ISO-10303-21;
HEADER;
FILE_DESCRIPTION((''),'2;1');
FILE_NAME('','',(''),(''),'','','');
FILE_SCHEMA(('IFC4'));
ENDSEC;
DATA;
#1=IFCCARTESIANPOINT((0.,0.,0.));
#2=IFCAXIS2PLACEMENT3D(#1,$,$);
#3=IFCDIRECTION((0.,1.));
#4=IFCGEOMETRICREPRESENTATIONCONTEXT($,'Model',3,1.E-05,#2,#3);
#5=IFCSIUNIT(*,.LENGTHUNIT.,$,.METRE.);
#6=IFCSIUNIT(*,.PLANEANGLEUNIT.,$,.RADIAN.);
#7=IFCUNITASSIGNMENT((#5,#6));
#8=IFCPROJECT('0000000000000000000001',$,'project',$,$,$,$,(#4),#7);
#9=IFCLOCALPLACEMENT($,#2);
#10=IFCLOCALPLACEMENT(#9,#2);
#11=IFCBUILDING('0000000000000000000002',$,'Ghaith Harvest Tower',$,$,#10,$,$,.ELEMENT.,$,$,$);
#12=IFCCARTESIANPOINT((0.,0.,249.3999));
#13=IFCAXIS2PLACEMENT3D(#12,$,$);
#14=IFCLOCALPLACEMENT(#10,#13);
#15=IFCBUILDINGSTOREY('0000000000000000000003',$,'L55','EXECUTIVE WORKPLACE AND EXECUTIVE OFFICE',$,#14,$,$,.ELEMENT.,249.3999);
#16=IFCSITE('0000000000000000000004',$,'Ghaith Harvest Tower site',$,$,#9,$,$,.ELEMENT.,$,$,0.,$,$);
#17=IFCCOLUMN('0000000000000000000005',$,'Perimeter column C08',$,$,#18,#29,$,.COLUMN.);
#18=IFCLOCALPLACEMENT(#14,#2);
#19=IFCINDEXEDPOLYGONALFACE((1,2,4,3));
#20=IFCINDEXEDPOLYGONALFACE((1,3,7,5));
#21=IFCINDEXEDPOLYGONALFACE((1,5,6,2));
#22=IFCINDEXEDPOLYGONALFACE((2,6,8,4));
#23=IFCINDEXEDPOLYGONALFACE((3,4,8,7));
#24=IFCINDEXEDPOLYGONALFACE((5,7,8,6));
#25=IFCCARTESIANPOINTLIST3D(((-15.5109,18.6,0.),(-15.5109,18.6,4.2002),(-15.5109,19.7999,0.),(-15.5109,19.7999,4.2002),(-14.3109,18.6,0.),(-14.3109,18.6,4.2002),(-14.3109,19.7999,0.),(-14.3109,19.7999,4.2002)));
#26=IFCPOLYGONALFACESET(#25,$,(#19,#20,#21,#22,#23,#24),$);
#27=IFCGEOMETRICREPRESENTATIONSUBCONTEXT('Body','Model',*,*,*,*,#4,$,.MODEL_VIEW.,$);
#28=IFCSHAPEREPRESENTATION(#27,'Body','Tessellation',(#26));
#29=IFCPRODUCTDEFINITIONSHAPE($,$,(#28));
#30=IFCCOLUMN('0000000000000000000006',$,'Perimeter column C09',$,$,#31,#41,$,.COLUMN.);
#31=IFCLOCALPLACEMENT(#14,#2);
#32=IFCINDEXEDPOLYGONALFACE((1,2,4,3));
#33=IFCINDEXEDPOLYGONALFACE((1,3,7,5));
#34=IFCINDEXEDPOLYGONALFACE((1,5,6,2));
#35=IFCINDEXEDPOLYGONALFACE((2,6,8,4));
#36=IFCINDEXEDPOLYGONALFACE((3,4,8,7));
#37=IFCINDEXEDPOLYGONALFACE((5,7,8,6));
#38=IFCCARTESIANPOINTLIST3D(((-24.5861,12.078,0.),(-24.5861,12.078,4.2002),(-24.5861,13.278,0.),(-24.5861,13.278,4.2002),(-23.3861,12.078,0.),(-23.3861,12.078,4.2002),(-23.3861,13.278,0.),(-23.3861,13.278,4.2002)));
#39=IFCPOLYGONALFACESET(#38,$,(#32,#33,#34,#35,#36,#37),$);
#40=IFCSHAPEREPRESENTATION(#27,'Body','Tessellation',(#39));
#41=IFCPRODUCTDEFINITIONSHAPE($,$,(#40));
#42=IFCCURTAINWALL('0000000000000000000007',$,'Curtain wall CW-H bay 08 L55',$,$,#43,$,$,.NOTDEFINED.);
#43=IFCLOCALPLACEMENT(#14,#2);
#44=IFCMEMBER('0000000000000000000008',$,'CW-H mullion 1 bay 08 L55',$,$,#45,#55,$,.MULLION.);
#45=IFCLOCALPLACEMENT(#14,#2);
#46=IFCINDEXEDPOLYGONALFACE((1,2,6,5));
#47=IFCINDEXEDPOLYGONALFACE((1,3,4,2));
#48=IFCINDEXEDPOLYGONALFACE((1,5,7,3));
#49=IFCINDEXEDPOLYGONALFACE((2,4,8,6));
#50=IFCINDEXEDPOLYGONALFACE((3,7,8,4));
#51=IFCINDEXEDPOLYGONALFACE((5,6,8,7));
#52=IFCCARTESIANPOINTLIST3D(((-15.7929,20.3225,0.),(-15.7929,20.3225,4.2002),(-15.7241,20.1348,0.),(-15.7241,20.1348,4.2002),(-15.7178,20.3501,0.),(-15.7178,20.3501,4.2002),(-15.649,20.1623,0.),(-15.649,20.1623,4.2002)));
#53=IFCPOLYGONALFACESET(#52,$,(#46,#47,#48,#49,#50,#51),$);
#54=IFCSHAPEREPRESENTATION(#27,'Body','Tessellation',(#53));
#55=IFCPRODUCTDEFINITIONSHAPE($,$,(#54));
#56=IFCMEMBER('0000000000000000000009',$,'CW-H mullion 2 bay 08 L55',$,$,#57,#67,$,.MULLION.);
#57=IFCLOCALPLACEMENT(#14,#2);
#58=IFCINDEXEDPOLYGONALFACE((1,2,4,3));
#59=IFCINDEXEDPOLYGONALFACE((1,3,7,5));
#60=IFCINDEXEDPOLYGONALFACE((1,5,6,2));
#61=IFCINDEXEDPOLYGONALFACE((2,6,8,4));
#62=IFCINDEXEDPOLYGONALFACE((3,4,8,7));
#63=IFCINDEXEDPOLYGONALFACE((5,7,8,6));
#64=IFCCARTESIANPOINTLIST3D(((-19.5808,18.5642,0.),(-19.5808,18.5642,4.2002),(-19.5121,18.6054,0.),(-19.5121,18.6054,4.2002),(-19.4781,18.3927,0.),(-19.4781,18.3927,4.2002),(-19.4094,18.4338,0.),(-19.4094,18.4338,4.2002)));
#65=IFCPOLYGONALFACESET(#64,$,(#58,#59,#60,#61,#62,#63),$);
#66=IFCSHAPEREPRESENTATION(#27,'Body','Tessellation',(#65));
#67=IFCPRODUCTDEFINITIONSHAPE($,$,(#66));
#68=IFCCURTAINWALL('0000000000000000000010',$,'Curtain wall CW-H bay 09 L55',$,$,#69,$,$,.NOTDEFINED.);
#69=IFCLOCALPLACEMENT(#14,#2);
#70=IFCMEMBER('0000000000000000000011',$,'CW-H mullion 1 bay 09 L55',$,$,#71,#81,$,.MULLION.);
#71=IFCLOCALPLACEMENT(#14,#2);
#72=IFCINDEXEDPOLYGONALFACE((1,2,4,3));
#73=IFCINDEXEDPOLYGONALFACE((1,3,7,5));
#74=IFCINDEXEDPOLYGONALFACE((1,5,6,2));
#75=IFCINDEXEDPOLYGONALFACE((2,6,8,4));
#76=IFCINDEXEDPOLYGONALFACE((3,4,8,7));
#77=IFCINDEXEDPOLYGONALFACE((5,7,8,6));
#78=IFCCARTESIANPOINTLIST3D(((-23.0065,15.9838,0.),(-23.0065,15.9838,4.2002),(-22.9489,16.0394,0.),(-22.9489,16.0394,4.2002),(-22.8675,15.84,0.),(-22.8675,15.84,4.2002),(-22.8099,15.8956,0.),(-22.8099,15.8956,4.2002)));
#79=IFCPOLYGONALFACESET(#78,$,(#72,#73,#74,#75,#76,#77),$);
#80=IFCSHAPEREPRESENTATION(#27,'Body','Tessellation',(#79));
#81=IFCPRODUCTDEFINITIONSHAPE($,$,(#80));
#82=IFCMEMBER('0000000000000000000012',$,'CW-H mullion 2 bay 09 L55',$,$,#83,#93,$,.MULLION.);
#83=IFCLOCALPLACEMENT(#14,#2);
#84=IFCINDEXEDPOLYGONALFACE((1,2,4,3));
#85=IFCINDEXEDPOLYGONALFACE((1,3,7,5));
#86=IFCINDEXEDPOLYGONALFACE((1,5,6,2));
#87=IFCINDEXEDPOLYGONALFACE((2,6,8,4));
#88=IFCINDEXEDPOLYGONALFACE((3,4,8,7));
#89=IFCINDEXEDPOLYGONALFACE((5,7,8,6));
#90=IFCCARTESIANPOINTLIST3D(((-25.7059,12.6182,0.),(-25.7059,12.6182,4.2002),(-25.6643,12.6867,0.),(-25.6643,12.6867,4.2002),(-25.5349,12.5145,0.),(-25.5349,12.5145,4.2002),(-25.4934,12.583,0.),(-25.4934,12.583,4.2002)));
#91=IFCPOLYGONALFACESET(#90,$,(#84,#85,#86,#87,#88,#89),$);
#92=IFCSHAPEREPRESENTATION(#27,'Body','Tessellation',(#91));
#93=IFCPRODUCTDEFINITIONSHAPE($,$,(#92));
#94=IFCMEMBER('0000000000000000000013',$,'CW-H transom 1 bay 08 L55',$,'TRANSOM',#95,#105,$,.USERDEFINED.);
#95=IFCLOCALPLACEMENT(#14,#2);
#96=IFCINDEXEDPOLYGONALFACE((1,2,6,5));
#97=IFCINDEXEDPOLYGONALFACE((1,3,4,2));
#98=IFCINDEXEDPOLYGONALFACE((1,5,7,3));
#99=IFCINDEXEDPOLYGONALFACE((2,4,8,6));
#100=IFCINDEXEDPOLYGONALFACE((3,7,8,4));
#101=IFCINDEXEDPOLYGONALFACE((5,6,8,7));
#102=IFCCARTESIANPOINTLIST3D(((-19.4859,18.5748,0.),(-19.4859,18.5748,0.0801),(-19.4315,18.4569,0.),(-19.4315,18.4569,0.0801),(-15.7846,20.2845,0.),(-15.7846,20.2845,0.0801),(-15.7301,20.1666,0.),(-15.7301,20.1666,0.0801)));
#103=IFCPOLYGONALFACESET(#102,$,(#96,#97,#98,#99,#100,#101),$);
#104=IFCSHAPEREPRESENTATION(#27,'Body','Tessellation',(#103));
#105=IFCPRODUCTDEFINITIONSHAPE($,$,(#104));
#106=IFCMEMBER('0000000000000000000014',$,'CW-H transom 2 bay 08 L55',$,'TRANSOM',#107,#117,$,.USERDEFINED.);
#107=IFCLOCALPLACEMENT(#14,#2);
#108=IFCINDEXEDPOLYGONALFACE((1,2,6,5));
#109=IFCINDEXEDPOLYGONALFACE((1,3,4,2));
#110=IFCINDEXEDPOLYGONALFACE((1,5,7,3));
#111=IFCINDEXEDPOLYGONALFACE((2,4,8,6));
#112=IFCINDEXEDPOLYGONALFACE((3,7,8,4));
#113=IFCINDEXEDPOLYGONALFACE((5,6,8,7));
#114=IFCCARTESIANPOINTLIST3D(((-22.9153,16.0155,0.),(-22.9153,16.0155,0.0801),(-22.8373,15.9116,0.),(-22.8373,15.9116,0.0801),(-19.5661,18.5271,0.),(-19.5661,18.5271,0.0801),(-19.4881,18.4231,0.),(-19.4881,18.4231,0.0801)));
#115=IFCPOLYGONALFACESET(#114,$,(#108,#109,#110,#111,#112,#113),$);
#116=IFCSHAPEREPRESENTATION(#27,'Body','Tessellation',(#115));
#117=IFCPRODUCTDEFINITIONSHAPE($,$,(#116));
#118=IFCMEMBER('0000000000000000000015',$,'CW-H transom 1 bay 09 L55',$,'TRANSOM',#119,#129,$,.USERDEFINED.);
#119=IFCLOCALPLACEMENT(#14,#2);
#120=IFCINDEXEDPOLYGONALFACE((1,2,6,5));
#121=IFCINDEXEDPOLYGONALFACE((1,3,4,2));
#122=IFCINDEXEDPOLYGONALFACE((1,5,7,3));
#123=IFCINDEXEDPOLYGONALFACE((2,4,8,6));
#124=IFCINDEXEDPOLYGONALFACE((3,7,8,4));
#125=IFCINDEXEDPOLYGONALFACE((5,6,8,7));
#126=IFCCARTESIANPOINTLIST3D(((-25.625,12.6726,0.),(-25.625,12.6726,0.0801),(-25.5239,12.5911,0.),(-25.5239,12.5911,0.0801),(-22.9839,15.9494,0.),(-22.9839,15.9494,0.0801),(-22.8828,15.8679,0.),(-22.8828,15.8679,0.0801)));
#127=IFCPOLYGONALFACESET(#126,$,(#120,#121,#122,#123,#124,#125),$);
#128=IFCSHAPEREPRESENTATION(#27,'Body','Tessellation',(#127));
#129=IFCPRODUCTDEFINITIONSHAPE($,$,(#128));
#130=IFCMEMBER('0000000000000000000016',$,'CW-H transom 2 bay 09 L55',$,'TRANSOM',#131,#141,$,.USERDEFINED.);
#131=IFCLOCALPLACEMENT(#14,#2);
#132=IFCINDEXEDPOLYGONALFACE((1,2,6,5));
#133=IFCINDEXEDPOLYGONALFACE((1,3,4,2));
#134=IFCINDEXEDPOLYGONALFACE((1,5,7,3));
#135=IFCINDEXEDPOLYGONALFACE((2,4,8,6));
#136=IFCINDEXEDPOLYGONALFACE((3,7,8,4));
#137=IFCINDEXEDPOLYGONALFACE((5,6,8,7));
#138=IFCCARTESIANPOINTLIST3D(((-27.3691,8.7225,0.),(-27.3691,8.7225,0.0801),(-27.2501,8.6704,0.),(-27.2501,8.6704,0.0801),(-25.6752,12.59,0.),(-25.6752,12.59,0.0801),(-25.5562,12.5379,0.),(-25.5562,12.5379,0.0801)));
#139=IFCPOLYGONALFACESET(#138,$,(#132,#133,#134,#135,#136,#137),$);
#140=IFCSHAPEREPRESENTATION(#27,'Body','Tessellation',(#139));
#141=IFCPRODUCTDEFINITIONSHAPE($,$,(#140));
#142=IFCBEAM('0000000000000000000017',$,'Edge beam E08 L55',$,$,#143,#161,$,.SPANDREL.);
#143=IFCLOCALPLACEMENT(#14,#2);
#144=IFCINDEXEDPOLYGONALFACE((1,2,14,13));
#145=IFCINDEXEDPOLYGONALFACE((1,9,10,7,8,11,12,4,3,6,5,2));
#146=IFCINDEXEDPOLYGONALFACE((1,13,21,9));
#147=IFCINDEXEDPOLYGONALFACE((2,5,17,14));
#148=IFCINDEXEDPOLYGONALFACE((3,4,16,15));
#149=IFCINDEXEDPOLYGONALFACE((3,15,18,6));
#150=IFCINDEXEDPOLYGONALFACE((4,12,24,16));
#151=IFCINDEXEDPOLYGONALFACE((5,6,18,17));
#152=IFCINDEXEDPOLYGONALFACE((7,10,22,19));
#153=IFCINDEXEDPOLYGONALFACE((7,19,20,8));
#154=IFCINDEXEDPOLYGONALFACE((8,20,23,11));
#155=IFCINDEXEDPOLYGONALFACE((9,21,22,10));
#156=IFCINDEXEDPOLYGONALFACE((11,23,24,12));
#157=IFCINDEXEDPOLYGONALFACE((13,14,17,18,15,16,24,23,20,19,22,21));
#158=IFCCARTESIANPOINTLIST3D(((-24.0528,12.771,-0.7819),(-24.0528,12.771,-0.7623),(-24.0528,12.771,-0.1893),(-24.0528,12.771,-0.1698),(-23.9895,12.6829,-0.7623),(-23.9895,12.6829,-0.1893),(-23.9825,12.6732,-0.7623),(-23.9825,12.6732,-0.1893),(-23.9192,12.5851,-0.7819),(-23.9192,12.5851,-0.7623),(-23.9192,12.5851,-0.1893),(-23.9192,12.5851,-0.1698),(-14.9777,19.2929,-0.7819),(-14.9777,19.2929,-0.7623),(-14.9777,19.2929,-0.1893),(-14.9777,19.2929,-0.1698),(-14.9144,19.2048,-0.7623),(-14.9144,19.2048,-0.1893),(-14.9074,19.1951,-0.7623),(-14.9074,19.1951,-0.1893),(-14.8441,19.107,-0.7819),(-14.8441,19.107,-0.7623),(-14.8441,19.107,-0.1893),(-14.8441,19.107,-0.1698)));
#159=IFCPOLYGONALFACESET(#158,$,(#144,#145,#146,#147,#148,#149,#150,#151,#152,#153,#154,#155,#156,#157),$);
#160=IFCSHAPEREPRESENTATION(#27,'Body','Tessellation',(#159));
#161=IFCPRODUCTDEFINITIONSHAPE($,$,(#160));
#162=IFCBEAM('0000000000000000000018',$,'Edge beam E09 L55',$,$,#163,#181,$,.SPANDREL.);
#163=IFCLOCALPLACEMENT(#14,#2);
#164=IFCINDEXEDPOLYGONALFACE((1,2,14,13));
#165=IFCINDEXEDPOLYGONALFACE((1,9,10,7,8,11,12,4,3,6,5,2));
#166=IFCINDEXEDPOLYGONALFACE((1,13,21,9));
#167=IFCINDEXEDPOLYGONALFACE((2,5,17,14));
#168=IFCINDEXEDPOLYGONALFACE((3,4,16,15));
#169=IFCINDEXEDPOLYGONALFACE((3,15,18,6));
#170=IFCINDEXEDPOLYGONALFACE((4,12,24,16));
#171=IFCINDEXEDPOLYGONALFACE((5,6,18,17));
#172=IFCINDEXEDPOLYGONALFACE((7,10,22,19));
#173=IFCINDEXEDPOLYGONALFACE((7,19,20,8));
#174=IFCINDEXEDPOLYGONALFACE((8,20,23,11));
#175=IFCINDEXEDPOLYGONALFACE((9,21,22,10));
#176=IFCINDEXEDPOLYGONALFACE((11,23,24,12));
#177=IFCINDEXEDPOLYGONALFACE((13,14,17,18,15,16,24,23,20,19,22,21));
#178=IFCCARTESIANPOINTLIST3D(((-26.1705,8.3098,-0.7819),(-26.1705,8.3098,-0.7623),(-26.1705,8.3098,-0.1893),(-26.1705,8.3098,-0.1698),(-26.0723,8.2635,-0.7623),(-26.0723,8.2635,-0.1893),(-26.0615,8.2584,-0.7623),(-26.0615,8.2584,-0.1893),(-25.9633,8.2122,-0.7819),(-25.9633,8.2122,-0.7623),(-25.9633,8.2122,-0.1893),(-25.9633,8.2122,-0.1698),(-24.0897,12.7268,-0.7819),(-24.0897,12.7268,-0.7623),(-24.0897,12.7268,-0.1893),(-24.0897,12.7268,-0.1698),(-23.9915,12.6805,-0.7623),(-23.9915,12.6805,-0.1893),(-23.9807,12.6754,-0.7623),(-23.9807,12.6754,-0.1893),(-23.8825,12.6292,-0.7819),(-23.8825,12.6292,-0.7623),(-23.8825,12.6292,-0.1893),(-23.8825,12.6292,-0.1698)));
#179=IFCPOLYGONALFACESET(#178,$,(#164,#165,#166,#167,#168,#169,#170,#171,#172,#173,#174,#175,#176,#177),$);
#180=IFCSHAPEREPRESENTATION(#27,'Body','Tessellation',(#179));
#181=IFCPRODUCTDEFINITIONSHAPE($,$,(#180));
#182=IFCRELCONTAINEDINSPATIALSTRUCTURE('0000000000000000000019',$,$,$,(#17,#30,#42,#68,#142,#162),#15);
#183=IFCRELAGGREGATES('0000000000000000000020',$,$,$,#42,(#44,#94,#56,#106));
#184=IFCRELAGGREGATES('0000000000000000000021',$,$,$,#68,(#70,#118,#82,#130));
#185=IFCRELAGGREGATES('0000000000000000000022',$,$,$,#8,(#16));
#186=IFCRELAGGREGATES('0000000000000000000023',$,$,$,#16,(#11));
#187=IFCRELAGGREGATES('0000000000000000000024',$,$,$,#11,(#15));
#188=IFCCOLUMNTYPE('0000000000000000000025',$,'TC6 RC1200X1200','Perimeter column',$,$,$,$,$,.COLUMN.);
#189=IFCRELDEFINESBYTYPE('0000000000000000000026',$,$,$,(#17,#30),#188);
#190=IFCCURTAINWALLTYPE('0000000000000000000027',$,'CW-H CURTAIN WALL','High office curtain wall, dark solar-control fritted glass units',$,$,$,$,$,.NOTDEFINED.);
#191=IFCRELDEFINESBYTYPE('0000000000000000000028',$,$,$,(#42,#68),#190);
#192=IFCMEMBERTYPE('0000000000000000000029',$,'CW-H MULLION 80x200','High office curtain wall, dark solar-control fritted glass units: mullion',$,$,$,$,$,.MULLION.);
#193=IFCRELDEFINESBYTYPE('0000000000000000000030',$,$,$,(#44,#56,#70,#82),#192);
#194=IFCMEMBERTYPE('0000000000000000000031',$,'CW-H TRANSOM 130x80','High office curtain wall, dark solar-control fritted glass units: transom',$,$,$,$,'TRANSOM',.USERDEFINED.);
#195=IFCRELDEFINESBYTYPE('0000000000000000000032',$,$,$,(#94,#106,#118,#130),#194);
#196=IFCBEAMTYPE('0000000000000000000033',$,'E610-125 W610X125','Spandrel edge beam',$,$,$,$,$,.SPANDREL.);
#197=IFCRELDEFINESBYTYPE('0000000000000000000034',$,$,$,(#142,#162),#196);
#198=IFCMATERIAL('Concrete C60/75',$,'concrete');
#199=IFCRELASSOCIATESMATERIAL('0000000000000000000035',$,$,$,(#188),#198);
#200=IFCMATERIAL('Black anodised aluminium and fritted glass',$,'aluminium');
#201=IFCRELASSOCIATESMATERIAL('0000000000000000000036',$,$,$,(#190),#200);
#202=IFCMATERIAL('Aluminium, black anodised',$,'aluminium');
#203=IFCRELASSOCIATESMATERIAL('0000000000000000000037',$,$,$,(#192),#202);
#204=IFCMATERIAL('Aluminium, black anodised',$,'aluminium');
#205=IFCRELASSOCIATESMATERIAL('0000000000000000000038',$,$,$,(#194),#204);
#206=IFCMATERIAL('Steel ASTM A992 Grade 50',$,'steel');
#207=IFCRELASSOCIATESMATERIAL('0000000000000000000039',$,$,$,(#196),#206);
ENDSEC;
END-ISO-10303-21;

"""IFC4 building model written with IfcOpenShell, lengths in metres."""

from ifc_helpers import new_model, si_unit, direction, frame, origin, origin_2d, place, context, subcontext, project, spatial, rectangle, i_section, extrude, material, material_profile, profile_set, type_object, element, aggregate, save


model = new_model("IFC4")

# Units and contexts
model_context = context("Model", 3, precision=1e-05, world=origin(), true_north=direction((0.0, 1.0)))
body_context = subcontext(model_context, "Body", "Model", "MODEL_VIEW")
ifc_project = project(units=[si_unit("LENGTHUNIT", "METRE"), si_unit("PLANEANGLEUNIT", "RADIAN")], contexts=[model_context])

# Site, building, storey
site_placement = place(None, origin())
site = spatial("IfcSite", under=ifc_project, at=site_placement, Name="Ghaith Harvest Tower site", CompositionType="ELEMENT", RefElevation=0.0)
building_placement = place(site_placement, origin())
building = spatial("IfcBuilding", under=site, at=building_placement, Name="Ghaith Harvest Tower", CompositionType="ELEMENT")
storey_placement = place(building_placement, frame((0.0, 0.0, 249.3999)))
storey = spatial("IfcBuildingStorey", under=building, at=storey_placement, Name="L55", Description="EXECUTIVE WORKPLACE AND EXECUTIVE OFFICE", CompositionType="ELEMENT", Elevation=249.3999)

# Columns
ifc_material_1 = material(Name="Concrete C60/75", Category="concrete")
ifc_material_profile_1 = material_profile(ifc_material_1, rectangle(XDim=1.2, YDim=1.2, at=origin_2d()), Name="RC1200X1200")
ifc_profile_set_1 = profile_set([ifc_material_profile_1], Name="Concrete C60/75")
column_type = type_object("IfcColumnType", Name="TC6 RC1200X1200", Description="Perimeter column", PredefinedType="COLUMN", material=ifc_profile_set_1)
for number, where, z_axis, x_axis, name in (
    (1, (-14.9109, 19.2, 0.0), (0.0, 0.0, 1.0), (1.0, 0.0, 0.0), "Perimeter column C08"),
    (2, (-23.9861, 12.678, 0.0), (0.0, 0.0, 1.0), (1.0, 0.0, 0.0), "Perimeter column C09"),
):
    element("IfcColumn", number, at=place(storey_placement, frame(where, z_axis=z_axis, x_axis=x_axis)), inside=storey, type_object=column_type, Name=name, PredefinedType="COLUMN", context=body_context, shape_type="SweptSolid", body=[
        extrude(rectangle(XDim=1.2, YDim=1.2, at=origin_2d()), origin(), (0.0, 0.0, 1.0), 4.2002),
    ])

# Curtain walls, members
ifc_material_2 = material(Name="Black anodised aluminium and fritted glass", Category="aluminium")
curtain_wall_type = type_object("IfcCurtainWallType", Name="CW-H CURTAIN WALL", Description="High office curtain wall, dark solar-control fritted glass units", PredefinedType="NOTDEFINED", material=ifc_material_2)
curtain_wall_1_placement = place(storey_placement, origin())
curtain_wall_1 = element("IfcCurtainWall", 3, at=curtain_wall_1_placement, inside=storey, type_object=curtain_wall_type, Name="Curtain wall CW-H bay 08 L55", PredefinedType="NOTDEFINED")
ifc_material_3 = material(Name="Aluminium, black anodised", Category="aluminium")
ifc_material_profile_2 = material_profile(ifc_material_3, rectangle(XDim=0.0801, YDim=0.2, at=origin_2d()), Name="CW-H MULLION 80x200")
ifc_profile_set_2 = profile_set([ifc_material_profile_2], Name="Aluminium, black anodised")
member_type_1 = type_object("IfcMemberType", Name="CW-H MULLION 80x200", Description="High office curtain wall, dark solar-control fritted glass units: mullion", PredefinedType="MULLION", material=ifc_profile_set_2)
member_1_placement = place(storey_placement, frame((-15.7209, 20.2424, 0.0), z_axis=(0.0, 0.0, 1.0), x_axis=(-0.938931, -0.344106, 0.0)))
member_1 = element("IfcMember", 4, at=member_1_placement, type_object=member_type_1, Name="CW-H mullion 1 bay 08 L55", PredefinedType="MULLION", context=body_context, shape_type="SweptSolid", body=[
    extrude(rectangle(XDim=0.0801, YDim=0.2, at=origin_2d()), origin(), (0.0, 0.0, 1.0), 4.2002),
])
member_2_placement = place(storey_placement, frame((-19.4951, 18.499, 0.0), z_axis=(0.0, 0.0, 1.0), x_axis=(-0.857999, -0.513652, 0.0)))
member_2 = element("IfcMember", 5, at=member_2_placement, type_object=member_type_1, Name="CW-H mullion 2 bay 08 L55", PredefinedType="MULLION", context=body_context, shape_type="SweptSolid", body=[
    extrude(rectangle(XDim=0.0801, YDim=0.2, at=origin_2d()), origin(), (0.0, 0.0, 1.0), 4.2002),
])
curtain_wall_2_placement = place(storey_placement, origin())
curtain_wall_2 = element("IfcCurtainWall", 6, at=curtain_wall_2_placement, inside=storey, type_object=curtain_wall_type, Name="Curtain wall CW-H bay 09 L55", PredefinedType="NOTDEFINED")
member_3_placement = place(storey_placement, frame((-22.9082, 15.9397, 0.0), z_axis=(0.0, 0.0, 1.0), x_axis=(-0.719146, -0.694859, 0.0)))
member_3 = element("IfcMember", 7, at=member_3_placement, type_object=member_type_1, Name="CW-H mullion 1 bay 09 L55", PredefinedType="MULLION", context=body_context, shape_type="SweptSolid", body=[
    extrude(rectangle(XDim=0.0801, YDim=0.2, at=origin_2d()), origin(), (0.0, 0.0, 1.0), 4.2002),
])
member_4_placement = place(storey_placement, frame((-25.5996, 12.6006, 0.0), z_axis=(0.0, 0.0, 1.0), x_axis=(-0.518769, -0.854914, 0.0)))
member_4 = element("IfcMember", 8, at=member_4_placement, type_object=member_type_1, Name="CW-H mullion 2 bay 09 L55", PredefinedType="MULLION", context=body_context, shape_type="SweptSolid", body=[
    extrude(rectangle(XDim=0.0801, YDim=0.2, at=origin_2d()), origin(), (0.0, 0.0, 1.0), 4.2002),
])

# Members
ifc_material_4 = material(Name="Aluminium, black anodised", Category="aluminium")
ifc_material_profile_3 = material_profile(ifc_material_4, rectangle(XDim=0.1299, YDim=0.0801, at=origin_2d()), Name="CW-H TRANSOM 130x80")
ifc_profile_set_3 = profile_set([ifc_material_profile_3], Name="Aluminium, black anodised")
member_type_2 = type_object("IfcMemberType", Name="CW-H TRANSOM 130x80", Description="High office curtain wall, dark solar-control fritted glass units: transom", ElementType="TRANSOM", PredefinedType="USERDEFINED", material=ifc_profile_set_3)
member_5_placement = place(storey_placement, frame((-15.7573, 20.2256, 0.04), z_axis=(-0.907831, -0.419335, 0.0), x_axis=(0.419335, -0.907831, 0.0)))
member_5 = element("IfcMember", 9, at=member_5_placement, type_object=member_type_2, Name="CW-H transom 1 bay 08 L55", ObjectType="TRANSOM", PredefinedType="USERDEFINED", context=body_context, shape_type="SweptSolid", body=[
    extrude(rectangle(XDim=0.1299, YDim=0.0801, at=origin_2d()), origin(), (0.0, 0.0, 1.0), 4.0771),
])
member_6_placement = place(storey_placement, frame((-19.5271, 18.4751, 0.04), z_axis=(-0.800042, -0.599944, 0.0), x_axis=(0.599944, -0.800042, 0.0)))
member_6 = element("IfcMember", 10, at=member_6_placement, type_object=member_type_2, Name="CW-H transom 2 bay 08 L55", ObjectType="TRANSOM", PredefinedType="USERDEFINED", context=body_context, shape_type="SweptSolid", body=[
    extrude(rectangle(XDim=0.1299, YDim=0.0801, at=origin_2d()), origin(), (0.0, 0.0, 1.0), 4.1863),
])
member_7_placement = place(storey_placement, frame((-22.9333, 15.9087, 0.04), z_axis=(-0.627535, -0.778589, 0.0), x_axis=(0.778589, -0.627535, 0.0)))
member_7 = element("IfcMember", 11, at=member_7_placement, type_object=member_type_2, Name="CW-H transom 1 bay 09 L55", ObjectType="TRANSOM", PredefinedType="USERDEFINED", context=body_context, shape_type="SweptSolid", body=[
    extrude(rectangle(XDim=0.1299, YDim=0.0801, at=origin_2d()), origin(), (0.0, 0.0, 1.0), 4.2087),
])
member_8_placement = place(storey_placement, frame((-25.6157, 12.564, 0.04), z_axis=(-0.401186, -0.915997, 0.0), x_axis=(0.915997, -0.401186, 0.0)))
member_8 = element("IfcMember", 12, at=member_8_placement, type_object=member_type_2, Name="CW-H transom 2 bay 09 L55", ObjectType="TRANSOM", PredefinedType="USERDEFINED", context=body_context, shape_type="SweptSolid", body=[
    extrude(rectangle(XDim=0.1299, YDim=0.0801, at=origin_2d()), origin(), (0.0, 0.0, 1.0), 4.2222),
])

# Beams
ifc_material_5 = material(Name="Steel ASTM A992 Grade 50", Category="steel")
ifc_material_profile_4 = material_profile(ifc_material_5, i_section(OverallWidth=0.229, OverallDepth=0.6121, WebThickness=0.012, FlangeThickness=0.0195, at=origin_2d()), Name="W610X125")
ifc_profile_set_4 = profile_set([ifc_material_profile_4], Name="Steel ASTM A992 Grade 50")
beam_type = type_object("IfcBeamType", Name="E610-125 W610X125", Description="Spandrel edge beam", PredefinedType="SPANDREL", material=ifc_profile_set_4)
beam_1_placement = place(storey_placement, frame((-14.9109, 19.2, -0.4758), z_axis=(-0.81205, -0.583587, 0.0), x_axis=(0.583587, -0.81205, 0.0)))
element("IfcBeam", 13, at=beam_1_placement, inside=storey, type_object=beam_type, Name="Edge beam E08 L55", PredefinedType="SPANDREL", context=body_context, shape_type="SweptSolid", body=[
    extrude(i_section(OverallWidth=0.229, OverallDepth=0.6121, WebThickness=0.012, FlangeThickness=0.0195, at=origin_2d()), origin(), (0.0, 0.0, 1.0), 11.1755),
])
beam_2_placement = place(storey_placement, frame((-23.9861, 12.678, -0.4758), z_axis=(-0.42617, -0.904643, 0.0), x_axis=(0.904643, -0.42617, 0.0)))
element("IfcBeam", 14, at=beam_2_placement, inside=storey, type_object=beam_type, Name="Edge beam E09 L55", PredefinedType="SPANDREL", context=body_context, shape_type="SweptSolid", body=[
    extrude(i_section(OverallWidth=0.229, OverallDepth=0.6121, WebThickness=0.012, FlangeThickness=0.0195, at=origin_2d()), origin(), (0.0, 0.0, 1.0), 4.8826),
])

aggregate(curtain_wall_1, [member_1, member_5, member_2, member_6])
aggregate(curtain_wall_2, [member_3, member_7, member_4, member_8])

save(model, "model.ifc")
